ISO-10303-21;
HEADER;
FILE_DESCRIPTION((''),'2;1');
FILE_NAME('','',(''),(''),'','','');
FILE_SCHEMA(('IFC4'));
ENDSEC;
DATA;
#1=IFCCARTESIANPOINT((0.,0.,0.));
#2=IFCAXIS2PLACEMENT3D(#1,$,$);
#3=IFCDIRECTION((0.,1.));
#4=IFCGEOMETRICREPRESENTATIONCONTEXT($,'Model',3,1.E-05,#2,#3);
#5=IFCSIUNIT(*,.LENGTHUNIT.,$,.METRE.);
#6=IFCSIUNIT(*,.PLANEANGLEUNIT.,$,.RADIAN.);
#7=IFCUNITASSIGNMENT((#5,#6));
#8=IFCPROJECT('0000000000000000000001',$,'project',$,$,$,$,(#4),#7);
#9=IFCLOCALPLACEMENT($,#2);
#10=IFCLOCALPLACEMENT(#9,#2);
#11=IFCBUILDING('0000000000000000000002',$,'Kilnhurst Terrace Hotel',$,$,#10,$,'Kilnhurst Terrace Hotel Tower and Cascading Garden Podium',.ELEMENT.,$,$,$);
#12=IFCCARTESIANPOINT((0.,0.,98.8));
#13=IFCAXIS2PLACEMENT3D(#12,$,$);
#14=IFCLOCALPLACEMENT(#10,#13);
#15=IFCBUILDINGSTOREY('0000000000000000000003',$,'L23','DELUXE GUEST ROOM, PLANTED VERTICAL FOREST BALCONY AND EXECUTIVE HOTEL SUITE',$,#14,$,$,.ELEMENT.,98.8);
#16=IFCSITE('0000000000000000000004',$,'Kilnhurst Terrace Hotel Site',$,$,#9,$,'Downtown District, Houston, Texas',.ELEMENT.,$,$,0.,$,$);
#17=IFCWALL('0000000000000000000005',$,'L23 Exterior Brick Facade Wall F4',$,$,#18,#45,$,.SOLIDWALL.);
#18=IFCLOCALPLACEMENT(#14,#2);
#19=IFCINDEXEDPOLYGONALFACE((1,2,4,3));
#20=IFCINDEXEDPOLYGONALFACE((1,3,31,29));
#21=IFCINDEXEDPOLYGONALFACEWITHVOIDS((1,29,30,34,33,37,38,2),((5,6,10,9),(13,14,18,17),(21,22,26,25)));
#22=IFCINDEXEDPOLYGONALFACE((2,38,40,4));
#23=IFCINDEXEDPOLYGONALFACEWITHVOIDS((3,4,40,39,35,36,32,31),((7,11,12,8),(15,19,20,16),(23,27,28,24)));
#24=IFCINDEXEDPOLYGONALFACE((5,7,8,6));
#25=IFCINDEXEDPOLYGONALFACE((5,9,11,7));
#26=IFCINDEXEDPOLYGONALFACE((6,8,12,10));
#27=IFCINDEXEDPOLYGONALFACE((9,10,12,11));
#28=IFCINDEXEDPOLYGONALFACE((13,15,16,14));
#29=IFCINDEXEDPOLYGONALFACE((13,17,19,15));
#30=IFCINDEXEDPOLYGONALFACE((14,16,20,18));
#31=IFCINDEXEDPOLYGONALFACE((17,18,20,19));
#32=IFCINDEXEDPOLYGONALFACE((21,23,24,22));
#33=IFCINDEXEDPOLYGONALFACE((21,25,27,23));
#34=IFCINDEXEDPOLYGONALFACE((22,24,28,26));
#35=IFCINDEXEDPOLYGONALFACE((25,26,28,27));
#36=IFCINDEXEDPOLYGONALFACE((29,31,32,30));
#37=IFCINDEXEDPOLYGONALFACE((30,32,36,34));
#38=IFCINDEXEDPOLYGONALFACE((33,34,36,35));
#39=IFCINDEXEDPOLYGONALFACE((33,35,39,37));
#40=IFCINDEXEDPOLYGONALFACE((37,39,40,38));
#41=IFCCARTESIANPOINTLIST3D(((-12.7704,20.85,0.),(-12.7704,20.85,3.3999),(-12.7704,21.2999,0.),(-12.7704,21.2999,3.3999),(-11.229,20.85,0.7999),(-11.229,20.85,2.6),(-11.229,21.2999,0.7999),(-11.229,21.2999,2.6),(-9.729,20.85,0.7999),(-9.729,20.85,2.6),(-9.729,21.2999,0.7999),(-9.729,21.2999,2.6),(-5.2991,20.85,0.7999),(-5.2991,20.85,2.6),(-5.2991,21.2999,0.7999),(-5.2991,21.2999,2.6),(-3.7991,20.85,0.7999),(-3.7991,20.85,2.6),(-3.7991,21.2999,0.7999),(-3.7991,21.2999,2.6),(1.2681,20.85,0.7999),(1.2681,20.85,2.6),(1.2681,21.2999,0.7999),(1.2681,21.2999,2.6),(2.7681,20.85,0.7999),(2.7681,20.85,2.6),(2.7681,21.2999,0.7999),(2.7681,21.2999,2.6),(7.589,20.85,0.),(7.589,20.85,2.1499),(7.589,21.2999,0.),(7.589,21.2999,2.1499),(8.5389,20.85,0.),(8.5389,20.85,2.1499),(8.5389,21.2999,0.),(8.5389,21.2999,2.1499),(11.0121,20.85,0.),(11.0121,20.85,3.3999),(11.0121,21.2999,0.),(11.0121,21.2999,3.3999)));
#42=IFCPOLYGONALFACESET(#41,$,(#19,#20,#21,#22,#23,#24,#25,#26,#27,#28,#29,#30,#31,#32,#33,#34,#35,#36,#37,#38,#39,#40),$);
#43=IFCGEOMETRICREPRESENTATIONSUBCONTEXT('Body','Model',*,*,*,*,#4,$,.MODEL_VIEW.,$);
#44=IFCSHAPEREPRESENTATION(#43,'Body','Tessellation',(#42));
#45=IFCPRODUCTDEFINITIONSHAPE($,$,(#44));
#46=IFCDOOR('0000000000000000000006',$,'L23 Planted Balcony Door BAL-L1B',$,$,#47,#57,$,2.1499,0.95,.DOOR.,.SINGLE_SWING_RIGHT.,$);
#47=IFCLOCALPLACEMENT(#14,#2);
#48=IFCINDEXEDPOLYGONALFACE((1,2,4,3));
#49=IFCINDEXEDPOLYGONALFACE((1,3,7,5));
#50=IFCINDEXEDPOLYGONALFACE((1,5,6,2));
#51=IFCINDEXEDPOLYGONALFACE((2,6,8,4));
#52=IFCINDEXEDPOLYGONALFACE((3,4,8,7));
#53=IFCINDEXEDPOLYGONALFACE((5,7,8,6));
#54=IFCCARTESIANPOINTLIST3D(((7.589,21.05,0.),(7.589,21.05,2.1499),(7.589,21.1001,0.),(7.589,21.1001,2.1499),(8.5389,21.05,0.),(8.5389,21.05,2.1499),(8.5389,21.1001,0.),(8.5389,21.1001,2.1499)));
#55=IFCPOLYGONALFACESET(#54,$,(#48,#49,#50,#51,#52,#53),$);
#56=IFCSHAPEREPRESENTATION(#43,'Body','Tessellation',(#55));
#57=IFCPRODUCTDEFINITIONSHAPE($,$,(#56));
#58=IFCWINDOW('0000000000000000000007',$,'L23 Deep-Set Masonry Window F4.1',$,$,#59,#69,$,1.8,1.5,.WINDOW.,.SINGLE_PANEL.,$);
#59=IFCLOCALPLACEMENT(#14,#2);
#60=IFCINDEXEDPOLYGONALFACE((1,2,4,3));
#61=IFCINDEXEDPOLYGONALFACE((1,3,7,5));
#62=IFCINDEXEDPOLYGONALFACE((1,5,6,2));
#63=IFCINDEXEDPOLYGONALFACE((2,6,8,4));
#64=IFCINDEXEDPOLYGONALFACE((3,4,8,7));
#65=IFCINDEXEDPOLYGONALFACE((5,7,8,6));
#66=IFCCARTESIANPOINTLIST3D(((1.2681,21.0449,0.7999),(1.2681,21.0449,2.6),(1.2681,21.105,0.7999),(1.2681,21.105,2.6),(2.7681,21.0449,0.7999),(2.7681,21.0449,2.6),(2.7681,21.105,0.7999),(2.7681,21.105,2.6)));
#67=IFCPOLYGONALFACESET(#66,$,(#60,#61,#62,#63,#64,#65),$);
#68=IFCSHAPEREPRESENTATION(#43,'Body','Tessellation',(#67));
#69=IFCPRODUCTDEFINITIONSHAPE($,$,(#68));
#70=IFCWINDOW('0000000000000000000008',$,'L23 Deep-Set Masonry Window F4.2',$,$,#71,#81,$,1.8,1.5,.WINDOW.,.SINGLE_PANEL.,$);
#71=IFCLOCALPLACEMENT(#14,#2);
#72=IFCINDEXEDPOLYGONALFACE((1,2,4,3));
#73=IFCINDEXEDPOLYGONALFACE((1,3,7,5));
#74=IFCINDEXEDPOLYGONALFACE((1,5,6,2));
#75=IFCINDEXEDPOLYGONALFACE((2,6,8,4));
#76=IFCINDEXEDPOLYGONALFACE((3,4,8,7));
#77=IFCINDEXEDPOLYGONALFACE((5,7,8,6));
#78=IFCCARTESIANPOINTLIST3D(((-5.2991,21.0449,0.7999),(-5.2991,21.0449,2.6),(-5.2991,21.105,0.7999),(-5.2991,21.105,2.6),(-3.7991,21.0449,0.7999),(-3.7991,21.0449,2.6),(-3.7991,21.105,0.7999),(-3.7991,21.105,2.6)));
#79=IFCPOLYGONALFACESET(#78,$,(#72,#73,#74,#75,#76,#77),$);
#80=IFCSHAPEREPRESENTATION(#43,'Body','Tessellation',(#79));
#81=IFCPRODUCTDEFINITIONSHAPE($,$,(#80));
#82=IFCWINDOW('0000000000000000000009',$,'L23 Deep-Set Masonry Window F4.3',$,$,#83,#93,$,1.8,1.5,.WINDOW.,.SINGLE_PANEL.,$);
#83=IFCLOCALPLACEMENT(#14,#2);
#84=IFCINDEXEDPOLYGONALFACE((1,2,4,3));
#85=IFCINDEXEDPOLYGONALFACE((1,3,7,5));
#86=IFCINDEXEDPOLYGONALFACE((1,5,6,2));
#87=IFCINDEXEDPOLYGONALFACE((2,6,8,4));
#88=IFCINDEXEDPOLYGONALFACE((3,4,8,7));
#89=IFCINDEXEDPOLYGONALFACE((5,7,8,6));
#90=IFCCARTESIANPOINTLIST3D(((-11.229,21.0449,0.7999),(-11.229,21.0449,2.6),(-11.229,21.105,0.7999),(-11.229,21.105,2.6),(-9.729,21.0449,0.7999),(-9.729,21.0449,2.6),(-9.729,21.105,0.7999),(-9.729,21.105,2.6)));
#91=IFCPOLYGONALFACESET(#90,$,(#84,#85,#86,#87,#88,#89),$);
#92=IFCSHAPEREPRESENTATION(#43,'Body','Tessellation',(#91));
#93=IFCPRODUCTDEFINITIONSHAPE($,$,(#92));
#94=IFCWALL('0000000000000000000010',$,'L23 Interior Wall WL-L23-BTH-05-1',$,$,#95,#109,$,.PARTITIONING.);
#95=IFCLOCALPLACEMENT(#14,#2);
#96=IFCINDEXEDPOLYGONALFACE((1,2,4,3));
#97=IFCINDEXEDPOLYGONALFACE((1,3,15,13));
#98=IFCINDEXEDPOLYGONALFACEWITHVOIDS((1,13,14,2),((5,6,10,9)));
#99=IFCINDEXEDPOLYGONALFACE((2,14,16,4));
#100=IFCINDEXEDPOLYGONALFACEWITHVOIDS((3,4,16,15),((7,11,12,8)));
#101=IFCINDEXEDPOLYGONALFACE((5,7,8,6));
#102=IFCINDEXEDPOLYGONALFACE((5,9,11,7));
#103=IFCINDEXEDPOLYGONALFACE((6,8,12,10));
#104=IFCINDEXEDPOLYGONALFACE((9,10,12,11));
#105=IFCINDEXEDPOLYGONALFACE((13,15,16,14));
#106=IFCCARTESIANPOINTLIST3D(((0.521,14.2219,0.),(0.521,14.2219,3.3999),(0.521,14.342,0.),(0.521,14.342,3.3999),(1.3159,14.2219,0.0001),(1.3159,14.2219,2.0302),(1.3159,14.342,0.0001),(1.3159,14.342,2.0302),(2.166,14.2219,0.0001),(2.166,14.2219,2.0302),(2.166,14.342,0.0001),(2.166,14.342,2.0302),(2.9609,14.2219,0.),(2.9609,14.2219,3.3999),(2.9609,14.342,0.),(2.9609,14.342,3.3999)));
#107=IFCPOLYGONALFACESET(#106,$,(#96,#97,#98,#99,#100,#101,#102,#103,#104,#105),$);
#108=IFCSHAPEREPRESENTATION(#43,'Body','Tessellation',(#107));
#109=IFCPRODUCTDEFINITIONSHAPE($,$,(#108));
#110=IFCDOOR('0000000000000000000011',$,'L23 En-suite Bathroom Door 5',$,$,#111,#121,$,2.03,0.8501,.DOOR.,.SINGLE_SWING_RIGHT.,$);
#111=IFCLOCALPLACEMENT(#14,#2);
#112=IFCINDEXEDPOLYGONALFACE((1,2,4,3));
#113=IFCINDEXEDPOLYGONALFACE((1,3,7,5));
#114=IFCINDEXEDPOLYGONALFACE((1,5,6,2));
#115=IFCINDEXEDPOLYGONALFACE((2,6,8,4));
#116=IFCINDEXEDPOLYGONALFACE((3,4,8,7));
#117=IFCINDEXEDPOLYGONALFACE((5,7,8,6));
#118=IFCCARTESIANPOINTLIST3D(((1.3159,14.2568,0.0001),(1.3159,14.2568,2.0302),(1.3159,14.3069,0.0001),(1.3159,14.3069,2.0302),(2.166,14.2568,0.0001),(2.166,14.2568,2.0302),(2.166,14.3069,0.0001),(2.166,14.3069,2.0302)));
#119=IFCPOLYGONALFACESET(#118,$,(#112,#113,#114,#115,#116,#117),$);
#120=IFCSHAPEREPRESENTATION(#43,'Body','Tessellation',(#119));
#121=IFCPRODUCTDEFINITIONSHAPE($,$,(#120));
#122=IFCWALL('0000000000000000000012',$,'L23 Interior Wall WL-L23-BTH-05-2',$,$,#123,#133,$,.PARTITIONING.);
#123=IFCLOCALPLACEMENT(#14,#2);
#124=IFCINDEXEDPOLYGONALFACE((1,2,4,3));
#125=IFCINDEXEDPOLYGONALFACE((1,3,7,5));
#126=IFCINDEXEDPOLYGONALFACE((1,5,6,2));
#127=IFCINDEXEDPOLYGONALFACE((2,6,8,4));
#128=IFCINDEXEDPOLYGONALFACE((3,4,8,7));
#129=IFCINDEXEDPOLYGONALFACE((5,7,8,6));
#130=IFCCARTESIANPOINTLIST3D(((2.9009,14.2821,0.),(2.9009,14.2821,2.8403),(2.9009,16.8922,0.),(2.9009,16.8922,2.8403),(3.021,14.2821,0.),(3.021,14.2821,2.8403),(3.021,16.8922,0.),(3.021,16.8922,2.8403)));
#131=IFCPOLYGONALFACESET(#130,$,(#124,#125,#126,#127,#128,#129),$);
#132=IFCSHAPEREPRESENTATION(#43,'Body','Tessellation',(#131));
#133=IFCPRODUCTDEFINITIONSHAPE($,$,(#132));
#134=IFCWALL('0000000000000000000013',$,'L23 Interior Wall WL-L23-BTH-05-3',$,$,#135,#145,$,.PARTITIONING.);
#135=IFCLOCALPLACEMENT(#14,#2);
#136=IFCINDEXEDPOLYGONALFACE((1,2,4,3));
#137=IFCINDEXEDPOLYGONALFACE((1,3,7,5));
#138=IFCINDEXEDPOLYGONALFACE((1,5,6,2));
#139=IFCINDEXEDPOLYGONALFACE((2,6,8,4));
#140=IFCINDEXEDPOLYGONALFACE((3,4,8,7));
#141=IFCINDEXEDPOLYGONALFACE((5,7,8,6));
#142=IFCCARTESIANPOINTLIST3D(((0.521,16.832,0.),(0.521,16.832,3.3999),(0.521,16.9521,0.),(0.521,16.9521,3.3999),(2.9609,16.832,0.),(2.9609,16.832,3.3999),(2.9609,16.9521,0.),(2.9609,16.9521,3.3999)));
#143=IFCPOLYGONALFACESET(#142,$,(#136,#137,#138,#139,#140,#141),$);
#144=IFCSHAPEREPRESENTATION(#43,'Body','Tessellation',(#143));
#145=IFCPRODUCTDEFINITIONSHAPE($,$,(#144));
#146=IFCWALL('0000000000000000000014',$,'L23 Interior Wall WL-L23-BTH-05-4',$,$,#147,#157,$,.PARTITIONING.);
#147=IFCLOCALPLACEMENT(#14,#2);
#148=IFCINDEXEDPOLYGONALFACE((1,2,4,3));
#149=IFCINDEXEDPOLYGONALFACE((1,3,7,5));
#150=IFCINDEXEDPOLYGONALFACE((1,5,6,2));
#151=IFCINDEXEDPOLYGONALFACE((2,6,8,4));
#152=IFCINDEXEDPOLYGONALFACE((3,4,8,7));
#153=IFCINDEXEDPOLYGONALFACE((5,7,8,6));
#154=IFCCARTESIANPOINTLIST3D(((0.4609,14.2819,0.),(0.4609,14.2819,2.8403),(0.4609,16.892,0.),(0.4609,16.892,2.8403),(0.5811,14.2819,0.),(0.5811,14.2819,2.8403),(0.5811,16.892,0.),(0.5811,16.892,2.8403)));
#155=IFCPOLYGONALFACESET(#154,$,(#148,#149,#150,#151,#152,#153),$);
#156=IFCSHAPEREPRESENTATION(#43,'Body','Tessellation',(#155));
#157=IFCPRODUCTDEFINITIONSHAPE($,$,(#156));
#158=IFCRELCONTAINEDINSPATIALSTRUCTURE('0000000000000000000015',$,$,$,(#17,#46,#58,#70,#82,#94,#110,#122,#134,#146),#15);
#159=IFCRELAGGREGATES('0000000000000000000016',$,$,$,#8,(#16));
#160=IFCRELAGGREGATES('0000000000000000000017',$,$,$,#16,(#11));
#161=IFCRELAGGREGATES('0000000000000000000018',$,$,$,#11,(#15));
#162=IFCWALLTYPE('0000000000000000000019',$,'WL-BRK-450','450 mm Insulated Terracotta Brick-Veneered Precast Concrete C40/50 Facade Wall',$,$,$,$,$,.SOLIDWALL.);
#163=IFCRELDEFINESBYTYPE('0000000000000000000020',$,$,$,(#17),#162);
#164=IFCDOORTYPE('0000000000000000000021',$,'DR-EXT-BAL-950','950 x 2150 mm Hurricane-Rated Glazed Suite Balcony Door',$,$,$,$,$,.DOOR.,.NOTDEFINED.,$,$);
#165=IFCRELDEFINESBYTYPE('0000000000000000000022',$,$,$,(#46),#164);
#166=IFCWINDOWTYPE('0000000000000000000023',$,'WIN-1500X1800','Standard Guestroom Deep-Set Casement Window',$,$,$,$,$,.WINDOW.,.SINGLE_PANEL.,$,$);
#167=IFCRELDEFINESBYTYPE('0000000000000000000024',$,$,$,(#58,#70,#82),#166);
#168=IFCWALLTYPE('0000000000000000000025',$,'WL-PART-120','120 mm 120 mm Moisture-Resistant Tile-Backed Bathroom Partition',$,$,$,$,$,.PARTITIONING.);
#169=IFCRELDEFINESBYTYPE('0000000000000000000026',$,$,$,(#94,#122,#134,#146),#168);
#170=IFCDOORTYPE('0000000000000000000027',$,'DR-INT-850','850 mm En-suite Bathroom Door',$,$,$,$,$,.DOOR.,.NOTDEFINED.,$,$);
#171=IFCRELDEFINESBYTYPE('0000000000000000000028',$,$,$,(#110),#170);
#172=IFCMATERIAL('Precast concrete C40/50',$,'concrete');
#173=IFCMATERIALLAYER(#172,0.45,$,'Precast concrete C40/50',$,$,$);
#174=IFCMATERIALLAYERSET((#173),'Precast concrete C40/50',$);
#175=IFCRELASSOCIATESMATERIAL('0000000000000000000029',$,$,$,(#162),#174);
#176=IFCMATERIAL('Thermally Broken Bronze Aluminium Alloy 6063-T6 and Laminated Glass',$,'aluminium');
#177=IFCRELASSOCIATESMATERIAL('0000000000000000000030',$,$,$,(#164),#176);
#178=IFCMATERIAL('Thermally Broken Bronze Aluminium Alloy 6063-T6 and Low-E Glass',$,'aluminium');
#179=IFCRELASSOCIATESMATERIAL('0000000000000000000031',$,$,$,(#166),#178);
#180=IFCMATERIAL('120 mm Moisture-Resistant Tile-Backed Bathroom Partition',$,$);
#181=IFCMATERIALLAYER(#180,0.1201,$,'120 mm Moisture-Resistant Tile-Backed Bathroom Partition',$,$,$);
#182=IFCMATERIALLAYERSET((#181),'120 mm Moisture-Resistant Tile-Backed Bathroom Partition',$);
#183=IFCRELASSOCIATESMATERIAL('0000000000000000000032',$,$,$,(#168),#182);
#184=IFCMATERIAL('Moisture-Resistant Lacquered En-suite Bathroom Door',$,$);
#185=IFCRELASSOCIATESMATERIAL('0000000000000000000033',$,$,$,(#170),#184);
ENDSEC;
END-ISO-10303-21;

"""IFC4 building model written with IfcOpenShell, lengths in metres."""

from ifc_helpers import new_model, si_unit, direction, frame, frame_2d, origin, place, context, subcontext, project, spatial, rectangle, extrude, material, layer, layer_set, type_object, element, fill, save


model = new_model("IFC4")

# Units and contexts
model_context = context("Model", 3, precision=1e-05, world=origin(), true_north=direction((0.0, 1.0)))
body_context = subcontext(model_context, "Body", "Model", "MODEL_VIEW")
ifc_project = project(units=[si_unit("LENGTHUNIT", "METRE"), si_unit("PLANEANGLEUNIT", "RADIAN")], contexts=[model_context])

# Site, building, storey
site_placement = place(None, origin())
site = spatial("IfcSite", under=ifc_project, at=site_placement, Name="Kilnhurst Terrace Hotel Site", LongName="Downtown District, Houston, Texas", CompositionType="ELEMENT", RefElevation=0.0)
building_placement = place(site_placement, origin())
building = spatial("IfcBuilding", under=site, at=building_placement, Name="Kilnhurst Terrace Hotel", LongName="Kilnhurst Terrace Hotel Tower and Cascading Garden Podium", CompositionType="ELEMENT")
storey_placement = place(building_placement, frame((0.0, 0.0, 98.8)))
storey = spatial("IfcBuildingStorey", under=building, at=storey_placement, Name="L23", Description="DELUXE GUEST ROOM, PLANTED VERTICAL FOREST BALCONY AND EXECUTIVE HOTEL SUITE", CompositionType="ELEMENT", Elevation=98.8)

# Shared definitions
ifc_material_1 = material(Name="Precast concrete C40/50", Category="concrete")
ifc_layer_1 = layer(ifc_material_1, 0.45, Name="Precast concrete C40/50")
ifc_layer_set_1 = layer_set([ifc_layer_1], Name="Precast concrete C40/50")
wall_type_1 = type_object("IfcWallType", Name="WL-BRK-450", Description="450 mm Insulated Terracotta Brick-Veneered Precast Concrete C40/50 Facade Wall", PredefinedType="SOLIDWALL", material=ifc_layer_set_1)

# Wall, openings, door, windows
wall_1_placement = place(storey_placement, frame((11.012, 21.075, 0.0), z_axis=(0.0, 0.0, 1.0), x_axis=(-1.0, 0.0, 0.0)))
wall_1 = element("IfcWall", 1, at=wall_1_placement, inside=storey, type_object=wall_type_1, Name="L23 Exterior Brick Facade Wall F4", PredefinedType="SOLIDWALL", context=body_context, shape_type="SweptSolid", body=[
    extrude(rectangle(XDim=23.7825, YDim=0.45, at=frame_2d((11.8911, 0.0))), origin(), (0.0, 0.0, 1.0), 3.3999),
])
opening_1_placement = place(wall_1_placement, frame((2.4729, 0.0, 0.0)))
opening_1 = element("IfcOpeningElement", 2, at=opening_1_placement, cuts=wall_1, PredefinedType="OPENING", context=body_context, shape_type="SweptSolid", body=[
    extrude(rectangle(XDim=0.95, YDim=2.1499, at=frame_2d((0.4751, 1.075))), frame((0.0, 0.2349, 0.0), z_axis=(0.0, -1.0, 0.0), x_axis=(1.0, 0.0, 0.0)), (0.0, 0.0, 1.0), 0.47),
])
opening_2_placement = place(wall_1_placement, frame((8.2439, 0.0, 0.8)))
opening_2 = element("IfcOpeningElement", 3, at=opening_2_placement, cuts=wall_1, PredefinedType="OPENING", context=body_context, shape_type="SweptSolid", body=[
    extrude(rectangle(XDim=1.5, YDim=1.8, at=frame_2d((0.75, 0.8999))), frame((0.0, 0.2349, 0.0), z_axis=(0.0, -1.0, 0.0), x_axis=(1.0, 0.0, 0.0)), (0.0, 0.0, 1.0), 0.47),
])
opening_3_placement = place(wall_1_placement, frame((14.811, 0.0, 0.8)))
opening_3 = element("IfcOpeningElement", 4, at=opening_3_placement, cuts=wall_1, PredefinedType="OPENING", context=body_context, shape_type="SweptSolid", body=[
    extrude(rectangle(XDim=1.5, YDim=1.8, at=frame_2d((0.75, 0.8999))), frame((0.0, 0.2349, 0.0), z_axis=(0.0, -1.0, 0.0), x_axis=(1.0, 0.0, 0.0)), (0.0, 0.0, 1.0), 0.47),
])
opening_4_placement = place(wall_1_placement, frame((20.741, 0.0, 0.8)))
opening_4 = element("IfcOpeningElement", 5, at=opening_4_placement, cuts=wall_1, PredefinedType="OPENING", context=body_context, shape_type="SweptSolid", body=[
    extrude(rectangle(XDim=1.5, YDim=1.8, at=frame_2d((0.75, 0.8999))), frame((0.0, 0.2349, 0.0), z_axis=(0.0, -1.0, 0.0), x_axis=(1.0, 0.0, 0.0)), (0.0, 0.0, 1.0), 0.47),
])
ifc_material_2 = material(Name="Thermally Broken Bronze Aluminium Alloy 6063-T6 and Laminated Glass", Category="aluminium")
door_type_1 = type_object("IfcDoorType", Name="DR-EXT-BAL-950", Description="950 x 2150 mm Hurricane-Rated Glazed Suite Balcony Door", OperationType="NOTDEFINED", PredefinedType="DOOR", material=ifc_material_2)
door_1_placement = place(opening_1_placement, origin())
door_1 = element("IfcDoor", 6, at=door_1_placement, inside=storey, type_object=door_type_1, Name="L23 Planted Balcony Door BAL-L1B", OperationType="SINGLE_SWING_RIGHT", OverallHeight=2.1499, OverallWidth=0.95, PredefinedType="DOOR", context=body_context, shape_type="SweptSolid", body=[
    extrude(rectangle(XDim=0.95, YDim=2.1499, at=frame_2d((0.4751, 1.075))), frame((0.0, 0.0249, 0.0), z_axis=(0.0, -1.0, 0.0), x_axis=(1.0, 0.0, 0.0)), (0.0, 0.0, 1.0), 0.05),
])
fill(opening_1, door_1)
ifc_material_3 = material(Name="Thermally Broken Bronze Aluminium Alloy 6063-T6 and Low-E Glass", Category="aluminium")
window_type = type_object("IfcWindowType", Name="WIN-1500X1800", Description="Standard Guestroom Deep-Set Casement Window", PartitioningType="SINGLE_PANEL", PredefinedType="WINDOW", material=ifc_material_3)
window_1_placement = place(opening_2_placement, origin())
window_1 = element("IfcWindow", 7, at=window_1_placement, inside=storey, type_object=window_type, Name="L23 Deep-Set Masonry Window F4.1", OverallHeight=1.8, OverallWidth=1.5, PartitioningType="SINGLE_PANEL", PredefinedType="WINDOW", context=body_context, shape_type="SweptSolid", body=[
    extrude(rectangle(XDim=1.5, YDim=1.8, at=frame_2d((0.75, 0.8999))), frame((0.0, 0.03, 0.0), z_axis=(0.0, -1.0, 0.0), x_axis=(1.0, 0.0, 0.0)), (0.0, 0.0, 1.0), 0.0601),
])
fill(opening_2, window_1)
window_2_placement = place(opening_3_placement, origin())
window_2 = element("IfcWindow", 8, at=window_2_placement, inside=storey, type_object=window_type, Name="L23 Deep-Set Masonry Window F4.2", OverallHeight=1.8, OverallWidth=1.5, PartitioningType="SINGLE_PANEL", PredefinedType="WINDOW", context=body_context, shape_type="SweptSolid", body=[
    extrude(rectangle(XDim=1.5, YDim=1.8, at=frame_2d((0.75, 0.8999))), frame((0.0, 0.03, 0.0), z_axis=(0.0, -1.0, 0.0), x_axis=(1.0, 0.0, 0.0)), (0.0, 0.0, 1.0), 0.0601),
])
fill(opening_3, window_2)
window_3_placement = place(opening_4_placement, origin())
window_3 = element("IfcWindow", 9, at=window_3_placement, inside=storey, type_object=window_type, Name="L23 Deep-Set Masonry Window F4.3", OverallHeight=1.8, OverallWidth=1.5, PartitioningType="SINGLE_PANEL", PredefinedType="WINDOW", context=body_context, shape_type="SweptSolid", body=[
    extrude(rectangle(XDim=1.5, YDim=1.8, at=frame_2d((0.75, 0.8999))), frame((0.0, 0.03, 0.0), z_axis=(0.0, -1.0, 0.0), x_axis=(1.0, 0.0, 0.0)), (0.0, 0.0, 1.0), 0.0601),
])
fill(opening_4, window_3)

# Wall, opening, door
ifc_material_4 = material(Name="120 mm Moisture-Resistant Tile-Backed Bathroom Partition")
ifc_layer_2 = layer(ifc_material_4, 0.1201, Name="120 mm Moisture-Resistant Tile-Backed Bathroom Partition")
ifc_layer_set_2 = layer_set([ifc_layer_2], Name="120 mm Moisture-Resistant Tile-Backed Bathroom Partition")
wall_type_2 = type_object("IfcWallType", Name="WL-PART-120", Description="120 mm 120 mm Moisture-Resistant Tile-Backed Bathroom Partition", PredefinedType="PARTITIONING", material=ifc_layer_set_2)
wall_2_placement = place(storey_placement, frame((0.521, 14.282, 0.0), z_axis=(0.0, 0.0, 1.0), x_axis=(1.0, 0.0, 0.0)))
wall_2 = element("IfcWall", 10, at=wall_2_placement, inside=storey, type_object=wall_type_2, Name="L23 Interior Wall WL-L23-BTH-05-1", PredefinedType="PARTITIONING", context=body_context, shape_type="SweptSolid", body=[
    extrude(rectangle(XDim=2.4399, YDim=0.1201, at=frame_2d((1.22, 0.0))), origin(), (0.0, 0.0, 1.0), 3.3999),
])
opening_5_placement = place(wall_2_placement, frame((0.7949, 0.0, 0.0)))
opening_5 = element("IfcOpeningElement", 11, at=opening_5_placement, cuts=wall_2, PredefinedType="OPENING", context=body_context, shape_type="SweptSolid", body=[
    extrude(rectangle(XDim=0.8501, YDim=2.03, at=frame_2d((0.425, 1.0151))), frame((0.0, 0.0701, 0.0), z_axis=(0.0, -1.0, 0.0), x_axis=(1.0, 0.0, 0.0)), (0.0, 0.0, 1.0), 0.1401),
])
ifc_material_5 = material(Name="Moisture-Resistant Lacquered En-suite Bathroom Door")
door_type_2 = type_object("IfcDoorType", Name="DR-INT-850", Description="850 mm En-suite Bathroom Door", OperationType="NOTDEFINED", PredefinedType="DOOR", material=ifc_material_5)
door_2_placement = place(opening_5_placement, origin())
door_2 = element("IfcDoor", 12, at=door_2_placement, inside=storey, type_object=door_type_2, Name="L23 En-suite Bathroom Door 5", OperationType="SINGLE_SWING_RIGHT", OverallHeight=2.03, OverallWidth=0.8501, PredefinedType="DOOR", context=body_context, shape_type="SweptSolid", body=[
    extrude(rectangle(XDim=0.8501, YDim=2.03, at=frame_2d((0.425, 1.0151))), frame((0.0, 0.0249, 0.0), z_axis=(0.0, -1.0, 0.0), x_axis=(1.0, 0.0, 0.0)), (0.0, 0.0, 1.0), 0.05),
])
fill(opening_5, door_2)

# Walls
wall_3_placement = place(storey_placement, frame((2.9609, 14.282, 0.0), z_axis=(0.0, 0.0, 1.0), x_axis=(0.0, 1.0, 0.0)))
element("IfcWall", 13, at=wall_3_placement, inside=storey, type_object=wall_type_2, Name="L23 Interior Wall WL-L23-BTH-05-2", PredefinedType="PARTITIONING", context=body_context, shape_type="SweptSolid", body=[
    extrude(rectangle(XDim=2.6101, YDim=0.1201, at=frame_2d((1.3052, 0.0))), origin(), (0.0, 0.0, 1.0), 2.8403),
])
wall_4_placement = place(storey_placement, frame((2.9609, 16.8921, 0.0), z_axis=(0.0, 0.0, 1.0), x_axis=(-1.0, 0.0, 0.0)))
element("IfcWall", 14, at=wall_4_placement, inside=storey, type_object=wall_type_2, Name="L23 Interior Wall WL-L23-BTH-05-3", PredefinedType="PARTITIONING", context=body_context, shape_type="SweptSolid", body=[
    extrude(rectangle(XDim=2.4399, YDim=0.1201, at=frame_2d((1.22, 0.0))), origin(), (0.0, 0.0, 1.0), 3.3999),
])
wall_5_placement = place(storey_placement, frame((0.521, 16.8921, 0.0), z_axis=(0.0, 0.0, 1.0), x_axis=(0.0, -1.0, 0.0)))
element("IfcWall", 15, at=wall_5_placement, inside=storey, type_object=wall_type_2, Name="L23 Interior Wall WL-L23-BTH-05-4", PredefinedType="PARTITIONING", context=body_context, shape_type="SweptSolid", body=[
    extrude(rectangle(XDim=2.6101, YDim=0.1201, at=frame_2d((1.3052, 0.0))), origin(), (0.0, 0.0, 1.0), 2.8403),
])

save(model, "model.ifc")
